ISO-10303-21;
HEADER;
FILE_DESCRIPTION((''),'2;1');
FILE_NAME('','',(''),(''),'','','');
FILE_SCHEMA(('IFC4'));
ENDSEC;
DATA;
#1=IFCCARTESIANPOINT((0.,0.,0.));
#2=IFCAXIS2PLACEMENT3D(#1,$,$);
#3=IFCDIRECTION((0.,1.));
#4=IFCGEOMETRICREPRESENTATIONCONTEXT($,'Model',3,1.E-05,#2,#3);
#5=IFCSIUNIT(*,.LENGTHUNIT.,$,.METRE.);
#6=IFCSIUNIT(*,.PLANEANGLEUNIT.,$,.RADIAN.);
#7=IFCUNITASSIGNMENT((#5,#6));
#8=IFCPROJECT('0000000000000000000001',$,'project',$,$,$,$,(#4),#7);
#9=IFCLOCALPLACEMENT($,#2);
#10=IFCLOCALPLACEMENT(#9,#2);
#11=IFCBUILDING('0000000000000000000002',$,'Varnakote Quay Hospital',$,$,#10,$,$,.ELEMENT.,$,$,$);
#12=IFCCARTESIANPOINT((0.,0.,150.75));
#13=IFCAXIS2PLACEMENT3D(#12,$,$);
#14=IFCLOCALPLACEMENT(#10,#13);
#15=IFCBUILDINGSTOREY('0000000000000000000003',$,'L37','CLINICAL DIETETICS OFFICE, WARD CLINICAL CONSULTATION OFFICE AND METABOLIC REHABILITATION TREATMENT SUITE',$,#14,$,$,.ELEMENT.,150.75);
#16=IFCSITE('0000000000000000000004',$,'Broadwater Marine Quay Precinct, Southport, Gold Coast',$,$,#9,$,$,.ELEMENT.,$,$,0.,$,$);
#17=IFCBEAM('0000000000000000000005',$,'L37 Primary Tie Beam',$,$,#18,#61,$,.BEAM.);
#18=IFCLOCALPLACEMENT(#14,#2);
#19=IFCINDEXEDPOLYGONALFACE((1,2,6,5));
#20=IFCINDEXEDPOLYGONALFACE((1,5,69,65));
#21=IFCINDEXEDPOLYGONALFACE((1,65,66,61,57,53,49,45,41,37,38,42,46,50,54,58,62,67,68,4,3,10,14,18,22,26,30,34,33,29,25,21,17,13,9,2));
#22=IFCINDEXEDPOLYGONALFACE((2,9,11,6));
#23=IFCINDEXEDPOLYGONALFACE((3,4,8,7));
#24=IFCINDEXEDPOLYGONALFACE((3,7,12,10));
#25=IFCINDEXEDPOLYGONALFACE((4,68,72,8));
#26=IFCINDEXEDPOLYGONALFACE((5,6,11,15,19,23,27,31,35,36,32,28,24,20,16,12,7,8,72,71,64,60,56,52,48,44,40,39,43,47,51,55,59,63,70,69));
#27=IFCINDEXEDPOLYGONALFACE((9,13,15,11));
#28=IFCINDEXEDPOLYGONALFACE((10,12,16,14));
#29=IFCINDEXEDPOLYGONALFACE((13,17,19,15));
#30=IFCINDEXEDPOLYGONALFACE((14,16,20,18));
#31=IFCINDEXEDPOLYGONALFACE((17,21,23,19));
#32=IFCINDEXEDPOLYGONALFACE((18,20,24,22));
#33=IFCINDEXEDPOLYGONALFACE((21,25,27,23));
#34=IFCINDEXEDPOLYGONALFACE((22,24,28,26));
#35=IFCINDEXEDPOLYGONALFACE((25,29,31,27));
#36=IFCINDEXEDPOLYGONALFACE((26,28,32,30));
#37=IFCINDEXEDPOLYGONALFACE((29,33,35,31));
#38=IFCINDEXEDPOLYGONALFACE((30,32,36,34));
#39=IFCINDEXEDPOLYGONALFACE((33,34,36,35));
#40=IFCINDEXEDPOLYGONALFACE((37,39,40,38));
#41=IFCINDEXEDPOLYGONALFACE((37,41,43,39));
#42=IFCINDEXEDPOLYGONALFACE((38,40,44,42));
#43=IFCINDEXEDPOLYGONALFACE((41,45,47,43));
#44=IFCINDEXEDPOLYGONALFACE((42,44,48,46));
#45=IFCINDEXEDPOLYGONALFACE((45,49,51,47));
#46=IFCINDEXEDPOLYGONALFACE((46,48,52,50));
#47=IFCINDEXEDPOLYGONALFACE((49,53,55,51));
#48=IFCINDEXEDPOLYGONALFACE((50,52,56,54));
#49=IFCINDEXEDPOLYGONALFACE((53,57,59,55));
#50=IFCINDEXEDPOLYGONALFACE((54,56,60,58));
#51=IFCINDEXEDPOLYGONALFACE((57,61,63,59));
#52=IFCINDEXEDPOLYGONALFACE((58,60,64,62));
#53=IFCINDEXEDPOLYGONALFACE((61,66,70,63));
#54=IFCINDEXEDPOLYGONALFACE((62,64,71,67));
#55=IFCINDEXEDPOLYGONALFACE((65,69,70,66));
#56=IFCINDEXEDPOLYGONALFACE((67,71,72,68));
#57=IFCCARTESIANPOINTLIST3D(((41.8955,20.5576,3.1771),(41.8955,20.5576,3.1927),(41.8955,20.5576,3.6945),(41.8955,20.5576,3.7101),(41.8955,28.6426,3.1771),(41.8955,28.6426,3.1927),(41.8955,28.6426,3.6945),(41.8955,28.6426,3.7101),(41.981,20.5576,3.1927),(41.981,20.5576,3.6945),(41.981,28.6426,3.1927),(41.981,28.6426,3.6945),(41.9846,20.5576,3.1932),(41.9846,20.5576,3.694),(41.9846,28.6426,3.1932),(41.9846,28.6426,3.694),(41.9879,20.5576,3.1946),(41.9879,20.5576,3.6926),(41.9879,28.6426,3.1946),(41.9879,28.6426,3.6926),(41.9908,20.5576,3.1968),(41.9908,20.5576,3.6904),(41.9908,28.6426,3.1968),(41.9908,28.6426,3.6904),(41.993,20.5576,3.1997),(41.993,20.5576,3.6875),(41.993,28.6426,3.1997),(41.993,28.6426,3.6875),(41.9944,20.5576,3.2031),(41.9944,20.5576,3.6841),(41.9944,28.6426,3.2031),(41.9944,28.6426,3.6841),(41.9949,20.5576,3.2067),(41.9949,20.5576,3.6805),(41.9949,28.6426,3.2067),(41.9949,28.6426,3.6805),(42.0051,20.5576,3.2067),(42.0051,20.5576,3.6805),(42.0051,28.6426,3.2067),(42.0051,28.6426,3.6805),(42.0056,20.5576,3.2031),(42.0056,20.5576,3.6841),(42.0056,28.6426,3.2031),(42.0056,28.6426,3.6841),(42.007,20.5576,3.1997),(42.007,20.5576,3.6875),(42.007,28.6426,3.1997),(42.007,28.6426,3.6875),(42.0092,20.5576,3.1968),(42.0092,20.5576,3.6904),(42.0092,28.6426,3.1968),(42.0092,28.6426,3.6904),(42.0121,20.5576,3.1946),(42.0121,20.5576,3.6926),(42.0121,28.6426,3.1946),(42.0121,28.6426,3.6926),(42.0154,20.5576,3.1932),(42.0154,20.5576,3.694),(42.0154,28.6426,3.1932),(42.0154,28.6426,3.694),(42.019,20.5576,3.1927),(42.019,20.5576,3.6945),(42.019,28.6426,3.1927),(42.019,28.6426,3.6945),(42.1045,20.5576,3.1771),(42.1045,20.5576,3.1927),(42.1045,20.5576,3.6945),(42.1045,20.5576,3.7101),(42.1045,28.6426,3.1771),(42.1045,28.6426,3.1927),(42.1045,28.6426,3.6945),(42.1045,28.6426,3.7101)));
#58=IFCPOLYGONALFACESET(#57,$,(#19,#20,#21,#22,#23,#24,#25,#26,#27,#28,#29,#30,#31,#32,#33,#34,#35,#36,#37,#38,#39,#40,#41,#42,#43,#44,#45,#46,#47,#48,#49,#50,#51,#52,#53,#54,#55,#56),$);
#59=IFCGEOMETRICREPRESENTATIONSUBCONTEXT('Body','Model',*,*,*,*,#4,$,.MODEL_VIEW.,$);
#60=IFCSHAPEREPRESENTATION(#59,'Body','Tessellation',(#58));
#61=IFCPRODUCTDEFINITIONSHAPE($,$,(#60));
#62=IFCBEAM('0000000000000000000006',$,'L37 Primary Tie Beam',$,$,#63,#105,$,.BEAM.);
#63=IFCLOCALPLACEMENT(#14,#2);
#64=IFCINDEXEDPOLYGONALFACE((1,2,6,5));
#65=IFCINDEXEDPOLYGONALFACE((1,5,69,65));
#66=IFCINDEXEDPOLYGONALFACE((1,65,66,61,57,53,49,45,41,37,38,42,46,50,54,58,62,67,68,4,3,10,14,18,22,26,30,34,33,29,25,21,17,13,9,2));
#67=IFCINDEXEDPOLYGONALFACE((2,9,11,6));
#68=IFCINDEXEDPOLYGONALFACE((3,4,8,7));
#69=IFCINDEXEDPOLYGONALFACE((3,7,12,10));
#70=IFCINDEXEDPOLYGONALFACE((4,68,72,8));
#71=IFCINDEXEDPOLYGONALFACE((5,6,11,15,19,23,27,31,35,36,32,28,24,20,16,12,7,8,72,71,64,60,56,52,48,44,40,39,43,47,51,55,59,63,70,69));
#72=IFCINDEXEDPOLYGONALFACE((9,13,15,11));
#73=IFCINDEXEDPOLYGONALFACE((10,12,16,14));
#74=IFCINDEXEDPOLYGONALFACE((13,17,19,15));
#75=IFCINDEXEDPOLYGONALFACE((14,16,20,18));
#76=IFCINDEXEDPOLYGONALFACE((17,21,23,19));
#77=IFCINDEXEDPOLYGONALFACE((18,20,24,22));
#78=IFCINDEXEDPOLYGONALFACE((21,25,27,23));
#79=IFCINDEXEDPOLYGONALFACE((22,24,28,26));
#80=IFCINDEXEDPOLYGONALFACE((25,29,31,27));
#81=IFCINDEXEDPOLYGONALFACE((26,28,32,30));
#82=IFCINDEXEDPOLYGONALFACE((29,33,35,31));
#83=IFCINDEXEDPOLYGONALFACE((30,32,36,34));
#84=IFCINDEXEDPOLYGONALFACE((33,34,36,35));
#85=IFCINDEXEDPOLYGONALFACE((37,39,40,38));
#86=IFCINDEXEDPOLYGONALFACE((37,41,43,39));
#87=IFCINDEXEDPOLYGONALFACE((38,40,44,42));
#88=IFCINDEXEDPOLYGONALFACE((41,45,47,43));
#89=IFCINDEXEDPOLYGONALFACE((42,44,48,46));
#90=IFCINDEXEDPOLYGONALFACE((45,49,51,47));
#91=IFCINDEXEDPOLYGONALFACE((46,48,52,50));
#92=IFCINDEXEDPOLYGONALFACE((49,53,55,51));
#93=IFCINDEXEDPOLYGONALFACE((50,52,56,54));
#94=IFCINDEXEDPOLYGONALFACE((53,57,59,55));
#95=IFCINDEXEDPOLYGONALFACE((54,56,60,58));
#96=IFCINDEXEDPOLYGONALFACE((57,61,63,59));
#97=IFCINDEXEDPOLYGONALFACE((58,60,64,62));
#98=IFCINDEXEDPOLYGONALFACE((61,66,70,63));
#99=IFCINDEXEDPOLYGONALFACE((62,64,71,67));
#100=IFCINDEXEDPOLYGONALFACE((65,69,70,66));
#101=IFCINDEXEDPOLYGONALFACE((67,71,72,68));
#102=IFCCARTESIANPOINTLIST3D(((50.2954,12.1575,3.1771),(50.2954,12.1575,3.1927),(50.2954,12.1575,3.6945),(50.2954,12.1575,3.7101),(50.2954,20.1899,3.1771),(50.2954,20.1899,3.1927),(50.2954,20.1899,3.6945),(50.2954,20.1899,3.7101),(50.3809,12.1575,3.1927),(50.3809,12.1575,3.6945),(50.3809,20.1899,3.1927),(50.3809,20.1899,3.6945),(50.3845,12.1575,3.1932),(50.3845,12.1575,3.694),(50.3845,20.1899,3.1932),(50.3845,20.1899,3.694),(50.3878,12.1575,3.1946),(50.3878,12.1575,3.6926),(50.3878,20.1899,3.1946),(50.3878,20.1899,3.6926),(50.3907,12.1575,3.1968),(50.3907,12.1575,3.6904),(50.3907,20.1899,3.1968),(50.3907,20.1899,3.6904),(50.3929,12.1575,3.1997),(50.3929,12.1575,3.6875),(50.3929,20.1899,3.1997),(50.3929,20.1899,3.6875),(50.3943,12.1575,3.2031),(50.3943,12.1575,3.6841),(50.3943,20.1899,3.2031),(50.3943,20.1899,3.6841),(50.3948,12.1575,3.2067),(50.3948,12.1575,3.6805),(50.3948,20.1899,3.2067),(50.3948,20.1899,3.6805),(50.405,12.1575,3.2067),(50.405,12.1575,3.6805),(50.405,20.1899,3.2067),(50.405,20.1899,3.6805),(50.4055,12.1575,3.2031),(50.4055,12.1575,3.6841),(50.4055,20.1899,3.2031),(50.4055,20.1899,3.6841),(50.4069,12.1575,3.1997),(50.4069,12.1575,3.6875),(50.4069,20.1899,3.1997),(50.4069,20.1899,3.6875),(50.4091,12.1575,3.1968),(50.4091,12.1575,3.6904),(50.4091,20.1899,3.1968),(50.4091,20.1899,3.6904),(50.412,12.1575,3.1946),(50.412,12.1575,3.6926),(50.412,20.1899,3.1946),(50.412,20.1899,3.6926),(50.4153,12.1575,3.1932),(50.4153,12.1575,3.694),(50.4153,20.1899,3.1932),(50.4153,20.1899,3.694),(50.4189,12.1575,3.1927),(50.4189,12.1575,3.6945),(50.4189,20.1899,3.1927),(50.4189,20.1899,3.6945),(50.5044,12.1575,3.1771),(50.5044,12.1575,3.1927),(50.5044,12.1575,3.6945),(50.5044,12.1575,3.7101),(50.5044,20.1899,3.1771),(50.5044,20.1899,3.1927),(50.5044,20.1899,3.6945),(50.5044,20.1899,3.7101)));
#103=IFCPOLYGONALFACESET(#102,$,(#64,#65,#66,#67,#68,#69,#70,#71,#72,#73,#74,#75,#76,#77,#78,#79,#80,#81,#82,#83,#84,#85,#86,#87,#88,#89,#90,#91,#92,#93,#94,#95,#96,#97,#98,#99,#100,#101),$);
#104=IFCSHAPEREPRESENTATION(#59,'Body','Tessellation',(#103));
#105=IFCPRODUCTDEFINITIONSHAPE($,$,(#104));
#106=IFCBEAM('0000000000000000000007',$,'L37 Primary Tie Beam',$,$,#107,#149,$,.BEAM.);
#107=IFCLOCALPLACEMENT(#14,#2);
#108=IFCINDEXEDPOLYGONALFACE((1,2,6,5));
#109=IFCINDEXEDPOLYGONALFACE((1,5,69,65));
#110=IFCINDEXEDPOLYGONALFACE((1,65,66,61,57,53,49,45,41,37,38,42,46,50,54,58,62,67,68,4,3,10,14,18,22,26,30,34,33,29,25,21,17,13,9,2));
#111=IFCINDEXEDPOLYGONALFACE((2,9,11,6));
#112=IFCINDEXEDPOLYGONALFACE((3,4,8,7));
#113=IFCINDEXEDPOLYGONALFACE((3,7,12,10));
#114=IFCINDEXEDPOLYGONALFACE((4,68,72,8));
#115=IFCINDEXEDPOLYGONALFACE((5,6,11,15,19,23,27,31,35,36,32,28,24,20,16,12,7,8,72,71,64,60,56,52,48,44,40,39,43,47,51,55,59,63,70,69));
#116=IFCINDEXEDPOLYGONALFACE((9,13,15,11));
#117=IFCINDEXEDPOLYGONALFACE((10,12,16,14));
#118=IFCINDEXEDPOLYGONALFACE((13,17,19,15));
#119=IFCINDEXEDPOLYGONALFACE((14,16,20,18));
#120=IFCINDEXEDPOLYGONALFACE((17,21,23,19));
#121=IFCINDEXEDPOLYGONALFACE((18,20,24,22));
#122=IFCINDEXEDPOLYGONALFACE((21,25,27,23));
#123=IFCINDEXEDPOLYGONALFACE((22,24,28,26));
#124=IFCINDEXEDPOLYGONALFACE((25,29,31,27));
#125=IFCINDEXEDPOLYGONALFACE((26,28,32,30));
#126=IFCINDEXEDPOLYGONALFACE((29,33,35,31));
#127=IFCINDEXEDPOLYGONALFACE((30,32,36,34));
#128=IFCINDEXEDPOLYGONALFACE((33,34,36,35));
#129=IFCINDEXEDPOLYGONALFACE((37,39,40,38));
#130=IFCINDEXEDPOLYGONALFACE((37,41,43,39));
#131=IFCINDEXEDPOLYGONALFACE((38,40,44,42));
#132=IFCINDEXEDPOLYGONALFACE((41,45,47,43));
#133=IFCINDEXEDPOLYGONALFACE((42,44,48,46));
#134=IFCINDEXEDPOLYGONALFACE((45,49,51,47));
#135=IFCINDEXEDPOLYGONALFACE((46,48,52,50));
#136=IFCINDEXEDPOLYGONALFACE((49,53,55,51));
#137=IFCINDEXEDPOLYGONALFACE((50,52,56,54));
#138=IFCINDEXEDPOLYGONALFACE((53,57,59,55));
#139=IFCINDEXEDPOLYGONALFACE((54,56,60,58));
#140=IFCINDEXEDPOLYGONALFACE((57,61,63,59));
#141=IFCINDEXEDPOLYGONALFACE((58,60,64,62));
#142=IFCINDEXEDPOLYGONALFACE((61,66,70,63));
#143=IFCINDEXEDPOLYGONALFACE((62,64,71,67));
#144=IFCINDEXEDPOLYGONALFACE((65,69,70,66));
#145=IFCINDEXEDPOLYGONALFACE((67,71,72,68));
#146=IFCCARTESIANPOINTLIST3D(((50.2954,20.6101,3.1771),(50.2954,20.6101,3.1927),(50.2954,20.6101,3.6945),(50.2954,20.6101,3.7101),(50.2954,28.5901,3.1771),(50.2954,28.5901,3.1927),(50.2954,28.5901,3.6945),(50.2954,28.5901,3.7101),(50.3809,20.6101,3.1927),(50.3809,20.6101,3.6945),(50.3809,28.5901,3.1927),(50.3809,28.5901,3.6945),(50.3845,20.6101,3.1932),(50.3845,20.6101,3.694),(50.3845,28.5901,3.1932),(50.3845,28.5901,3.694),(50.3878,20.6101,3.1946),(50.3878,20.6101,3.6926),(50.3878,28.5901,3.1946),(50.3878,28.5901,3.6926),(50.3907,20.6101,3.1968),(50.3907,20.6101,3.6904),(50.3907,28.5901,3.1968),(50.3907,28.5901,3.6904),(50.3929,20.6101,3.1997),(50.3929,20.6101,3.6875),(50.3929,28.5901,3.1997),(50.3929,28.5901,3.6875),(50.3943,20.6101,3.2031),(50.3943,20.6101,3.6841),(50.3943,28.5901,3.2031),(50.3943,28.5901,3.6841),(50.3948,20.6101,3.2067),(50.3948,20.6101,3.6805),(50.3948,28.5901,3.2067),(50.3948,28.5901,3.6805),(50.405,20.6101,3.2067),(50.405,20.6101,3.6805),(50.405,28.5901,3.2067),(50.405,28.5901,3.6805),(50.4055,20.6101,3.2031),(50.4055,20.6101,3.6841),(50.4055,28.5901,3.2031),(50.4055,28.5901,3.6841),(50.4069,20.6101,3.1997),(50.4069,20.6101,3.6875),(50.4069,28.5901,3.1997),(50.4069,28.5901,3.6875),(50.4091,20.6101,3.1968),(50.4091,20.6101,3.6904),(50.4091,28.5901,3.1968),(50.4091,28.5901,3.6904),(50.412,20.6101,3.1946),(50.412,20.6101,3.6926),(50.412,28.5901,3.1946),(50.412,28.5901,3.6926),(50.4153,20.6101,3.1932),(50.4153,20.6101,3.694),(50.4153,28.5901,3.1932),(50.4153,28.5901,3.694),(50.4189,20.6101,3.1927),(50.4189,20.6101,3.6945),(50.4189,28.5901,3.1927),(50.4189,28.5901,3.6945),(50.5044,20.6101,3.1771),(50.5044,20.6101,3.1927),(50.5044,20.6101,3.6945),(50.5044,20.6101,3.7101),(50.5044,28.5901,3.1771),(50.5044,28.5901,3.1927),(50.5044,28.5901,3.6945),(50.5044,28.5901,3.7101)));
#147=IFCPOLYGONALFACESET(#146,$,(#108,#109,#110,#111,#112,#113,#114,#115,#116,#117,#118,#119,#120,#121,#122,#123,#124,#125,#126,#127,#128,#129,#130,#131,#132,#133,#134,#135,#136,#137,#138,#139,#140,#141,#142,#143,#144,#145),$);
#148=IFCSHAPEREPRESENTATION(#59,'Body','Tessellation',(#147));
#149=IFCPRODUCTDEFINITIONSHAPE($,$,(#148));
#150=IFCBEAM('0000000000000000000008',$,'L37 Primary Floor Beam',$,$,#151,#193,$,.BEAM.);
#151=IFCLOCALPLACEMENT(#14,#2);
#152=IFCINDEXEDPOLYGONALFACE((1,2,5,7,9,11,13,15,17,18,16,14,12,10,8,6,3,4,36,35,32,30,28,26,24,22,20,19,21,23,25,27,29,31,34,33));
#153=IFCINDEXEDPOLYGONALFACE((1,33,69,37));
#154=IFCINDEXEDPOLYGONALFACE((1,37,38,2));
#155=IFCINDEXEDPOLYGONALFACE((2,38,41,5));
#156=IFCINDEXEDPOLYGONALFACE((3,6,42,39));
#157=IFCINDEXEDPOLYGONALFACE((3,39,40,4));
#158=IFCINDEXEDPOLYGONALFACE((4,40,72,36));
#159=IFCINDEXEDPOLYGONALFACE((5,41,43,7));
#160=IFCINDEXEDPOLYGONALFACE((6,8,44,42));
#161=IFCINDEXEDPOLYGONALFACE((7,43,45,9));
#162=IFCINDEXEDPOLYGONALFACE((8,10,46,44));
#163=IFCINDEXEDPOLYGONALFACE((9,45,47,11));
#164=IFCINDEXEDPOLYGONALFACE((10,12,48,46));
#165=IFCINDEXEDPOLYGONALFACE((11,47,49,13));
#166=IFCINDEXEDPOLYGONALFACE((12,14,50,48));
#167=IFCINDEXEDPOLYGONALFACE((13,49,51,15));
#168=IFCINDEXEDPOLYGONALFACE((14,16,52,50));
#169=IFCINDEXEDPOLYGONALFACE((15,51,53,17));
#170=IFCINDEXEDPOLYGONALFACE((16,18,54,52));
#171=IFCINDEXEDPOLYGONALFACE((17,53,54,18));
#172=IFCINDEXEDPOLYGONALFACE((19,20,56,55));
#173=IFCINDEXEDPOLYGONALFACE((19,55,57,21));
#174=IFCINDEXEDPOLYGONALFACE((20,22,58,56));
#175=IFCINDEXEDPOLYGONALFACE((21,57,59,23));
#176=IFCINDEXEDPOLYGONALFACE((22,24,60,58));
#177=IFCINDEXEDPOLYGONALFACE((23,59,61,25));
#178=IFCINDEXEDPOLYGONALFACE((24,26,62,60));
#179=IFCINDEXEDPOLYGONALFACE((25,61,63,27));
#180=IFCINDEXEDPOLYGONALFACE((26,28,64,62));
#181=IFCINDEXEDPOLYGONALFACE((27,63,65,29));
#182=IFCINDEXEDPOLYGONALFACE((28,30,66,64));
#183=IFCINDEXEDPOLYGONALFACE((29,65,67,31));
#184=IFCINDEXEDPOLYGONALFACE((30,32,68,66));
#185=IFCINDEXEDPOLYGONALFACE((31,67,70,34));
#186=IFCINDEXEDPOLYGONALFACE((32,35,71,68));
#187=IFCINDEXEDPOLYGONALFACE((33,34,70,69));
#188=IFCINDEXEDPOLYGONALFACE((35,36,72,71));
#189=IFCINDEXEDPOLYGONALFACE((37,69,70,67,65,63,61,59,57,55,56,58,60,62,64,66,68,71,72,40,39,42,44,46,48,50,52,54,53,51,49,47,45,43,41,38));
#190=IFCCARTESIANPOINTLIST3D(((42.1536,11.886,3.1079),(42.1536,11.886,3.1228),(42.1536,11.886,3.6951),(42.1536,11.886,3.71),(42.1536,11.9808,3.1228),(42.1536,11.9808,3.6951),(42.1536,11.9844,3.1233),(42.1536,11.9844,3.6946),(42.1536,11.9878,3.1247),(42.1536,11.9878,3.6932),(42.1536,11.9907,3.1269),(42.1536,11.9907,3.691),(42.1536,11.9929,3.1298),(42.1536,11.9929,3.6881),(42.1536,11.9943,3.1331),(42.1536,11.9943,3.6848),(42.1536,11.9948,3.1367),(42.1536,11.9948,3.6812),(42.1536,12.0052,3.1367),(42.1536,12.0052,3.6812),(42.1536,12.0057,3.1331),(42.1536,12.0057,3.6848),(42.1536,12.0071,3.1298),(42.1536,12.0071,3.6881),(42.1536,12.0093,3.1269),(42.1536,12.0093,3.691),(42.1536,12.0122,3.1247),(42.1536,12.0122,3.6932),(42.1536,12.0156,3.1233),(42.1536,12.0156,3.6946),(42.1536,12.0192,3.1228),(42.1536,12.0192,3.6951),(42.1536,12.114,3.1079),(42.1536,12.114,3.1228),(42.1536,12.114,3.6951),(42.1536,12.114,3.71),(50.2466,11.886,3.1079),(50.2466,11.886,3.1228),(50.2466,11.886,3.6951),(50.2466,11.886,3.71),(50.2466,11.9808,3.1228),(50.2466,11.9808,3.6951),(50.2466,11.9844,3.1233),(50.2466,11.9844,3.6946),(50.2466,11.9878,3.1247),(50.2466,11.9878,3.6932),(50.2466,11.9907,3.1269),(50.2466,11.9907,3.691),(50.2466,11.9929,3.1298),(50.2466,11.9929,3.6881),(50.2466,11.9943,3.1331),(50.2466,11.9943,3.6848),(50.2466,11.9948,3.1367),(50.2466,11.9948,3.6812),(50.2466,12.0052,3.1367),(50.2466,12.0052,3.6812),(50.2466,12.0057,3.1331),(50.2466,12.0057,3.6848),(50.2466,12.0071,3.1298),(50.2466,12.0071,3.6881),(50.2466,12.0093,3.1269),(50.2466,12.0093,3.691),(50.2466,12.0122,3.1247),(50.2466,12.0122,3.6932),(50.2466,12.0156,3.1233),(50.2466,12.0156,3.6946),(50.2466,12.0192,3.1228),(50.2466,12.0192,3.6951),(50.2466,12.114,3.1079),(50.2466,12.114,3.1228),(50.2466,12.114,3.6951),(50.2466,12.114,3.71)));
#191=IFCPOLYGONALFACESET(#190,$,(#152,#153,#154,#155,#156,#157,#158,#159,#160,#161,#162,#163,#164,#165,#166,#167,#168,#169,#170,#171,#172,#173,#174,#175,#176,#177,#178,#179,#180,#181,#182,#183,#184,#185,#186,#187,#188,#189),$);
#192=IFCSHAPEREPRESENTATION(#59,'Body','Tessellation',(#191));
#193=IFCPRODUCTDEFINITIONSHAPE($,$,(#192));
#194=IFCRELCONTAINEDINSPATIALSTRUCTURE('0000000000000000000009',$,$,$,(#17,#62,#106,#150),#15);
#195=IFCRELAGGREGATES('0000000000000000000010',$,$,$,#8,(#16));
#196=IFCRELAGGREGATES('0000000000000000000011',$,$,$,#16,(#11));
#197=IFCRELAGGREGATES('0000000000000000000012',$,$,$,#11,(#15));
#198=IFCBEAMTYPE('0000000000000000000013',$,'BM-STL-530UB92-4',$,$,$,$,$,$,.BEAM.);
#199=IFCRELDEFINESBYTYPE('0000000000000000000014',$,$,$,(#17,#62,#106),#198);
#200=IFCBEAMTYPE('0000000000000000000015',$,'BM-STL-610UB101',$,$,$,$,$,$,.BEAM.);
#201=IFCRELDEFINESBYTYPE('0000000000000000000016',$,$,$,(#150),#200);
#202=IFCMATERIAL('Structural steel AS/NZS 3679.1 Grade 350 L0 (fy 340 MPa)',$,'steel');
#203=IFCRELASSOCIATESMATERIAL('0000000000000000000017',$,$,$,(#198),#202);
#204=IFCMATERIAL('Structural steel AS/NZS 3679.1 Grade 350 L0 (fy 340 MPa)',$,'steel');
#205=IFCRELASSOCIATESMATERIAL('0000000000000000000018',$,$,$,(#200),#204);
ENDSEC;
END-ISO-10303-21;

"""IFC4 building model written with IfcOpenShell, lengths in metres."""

from ifc_helpers import new_model, si_unit, direction, frame, origin, origin_2d, place, context, subcontext, project, spatial, i_section, extrude, material, material_profile, profile_set, type_object, element, save


model = new_model("IFC4")

# Units and contexts
model_context = context("Model", 3, precision=1e-05, world=origin(), true_north=direction((0.0, 1.0)))
body_context = subcontext(model_context, "Body", "Model", "MODEL_VIEW")
ifc_project = project(units=[si_unit("LENGTHUNIT", "METRE"), si_unit("PLANEANGLEUNIT", "RADIAN")], contexts=[model_context])

# Site, building, storey
site_placement = place(None, origin())
site = spatial("IfcSite", under=ifc_project, at=site_placement, Name="Broadwater Marine Quay Precinct, Southport, Gold Coast", CompositionType="ELEMENT", RefElevation=0.0)
building_placement = place(site_placement, origin())
building = spatial("IfcBuilding", under=site, at=building_placement, Name="Varnakote Quay Hospital", CompositionType="ELEMENT")
storey_placement = place(building_placement, frame((0.0, 0.0, 150.75)))
storey = spatial("IfcBuildingStorey", under=building, at=storey_placement, Name="L37", Description="CLINICAL DIETETICS OFFICE, WARD CLINICAL CONSULTATION OFFICE AND METABOLIC REHABILITATION TREATMENT SUITE", CompositionType="ELEMENT", Elevation=150.75)

# Beams
ifc_material_1 = material(Name="Structural steel AS/NZS 3679.1 Grade 350 L0 (fy 340 MPa)", Category="steel")
ifc_material_profile_1 = material_profile(ifc_material_1, i_section(OverallWidth=0.209, OverallDepth=0.533, WebThickness=0.0103, FlangeThickness=0.0156, FilletRadius=0.0139, at=origin_2d()), Name="530UB92.4")
ifc_profile_set_1 = profile_set([ifc_material_profile_1], Name="Structural steel AS/NZS 3679.1 Grade 350 L0 (fy 340 MPa)")
beam_type_1 = type_object("IfcBeamType", Name="BM-STL-530UB92-4", PredefinedType="BEAM", material=ifc_profile_set_1)
for number, where, z_axis, x_axis, name in (
    (1, (42.0, 20.5576, 3.4436), (0.0, 1.0, 0.0), (-1.0, 0.0, 0.0), "L37 Primary Tie Beam"),
):
    element("IfcBeam", number, at=place(storey_placement, frame(where, z_axis=z_axis, x_axis=x_axis)), inside=storey, type_object=beam_type_1, Name=name, PredefinedType="BEAM", context=body_context, shape_type="SweptSolid", body=[
        extrude(i_section(OverallWidth=0.209, OverallDepth=0.533, WebThickness=0.0103, FlangeThickness=0.0156, FilletRadius=0.0139, at=origin_2d()), origin(), (0.0, 0.0, 1.0), 8.085),
    ])
beam_1_placement = place(storey_placement, frame((50.3999, 12.1575, 3.4436), z_axis=(0.0, 1.0, 0.0), x_axis=(-1.0, 0.0, 0.0)))
element("IfcBeam", 2, at=beam_1_placement, inside=storey, type_object=beam_type_1, Name="L37 Primary Tie Beam", PredefinedType="BEAM", context=body_context, shape_type="SweptSolid", body=[
    extrude(i_section(OverallWidth=0.209, OverallDepth=0.533, WebThickness=0.0103, FlangeThickness=0.0156, FilletRadius=0.0139, at=origin_2d()), origin(), (0.0, 0.0, 1.0), 8.0325),
])
beam_2_placement = place(storey_placement, frame((50.3999, 20.6101, 3.4436), z_axis=(0.0, 1.0, 0.0), x_axis=(-1.0, 0.0, 0.0)))
element("IfcBeam", 3, at=beam_2_placement, inside=storey, type_object=beam_type_1, Name="L37 Primary Tie Beam", PredefinedType="BEAM", context=body_context, shape_type="SweptSolid", body=[
    extrude(i_section(OverallWidth=0.209, OverallDepth=0.533, WebThickness=0.0103, FlangeThickness=0.0156, FilletRadius=0.0139, at=origin_2d()), origin(), (0.0, 0.0, 1.0), 7.98),
])
ifc_material_2 = material(Name="Structural steel AS/NZS 3679.1 Grade 350 L0 (fy 340 MPa)", Category="steel")
ifc_material_profile_2 = material_profile(ifc_material_2, i_section(OverallWidth=0.228, OverallDepth=0.6021, WebThickness=0.0105, FlangeThickness=0.0149, FilletRadius=0.0139, at=origin_2d()), Name="610UB101")
ifc_profile_set_2 = profile_set([ifc_material_profile_2], Name="Structural steel AS/NZS 3679.1 Grade 350 L0 (fy 340 MPa)")
beam_type_2 = type_object("IfcBeamType", Name="BM-STL-610UB101", PredefinedType="BEAM", material=ifc_profile_set_2)
beam_3_placement = place(storey_placement, frame((42.1536, 12.0, 3.4089), z_axis=(1.0, 0.0, 0.0), x_axis=(0.0, 1.0, 0.0)))
element("IfcBeam", 4, at=beam_3_placement, inside=storey, type_object=beam_type_2, Name="L37 Primary Floor Beam", PredefinedType="BEAM", context=body_context, shape_type="SweptSolid", body=[
    extrude(i_section(OverallWidth=0.228, OverallDepth=0.6021, WebThickness=0.0105, FlangeThickness=0.0149, FilletRadius=0.0139, at=origin_2d()), origin(), (0.0, 0.0, 1.0), 8.093),
])

save(model, "model.ifc")
